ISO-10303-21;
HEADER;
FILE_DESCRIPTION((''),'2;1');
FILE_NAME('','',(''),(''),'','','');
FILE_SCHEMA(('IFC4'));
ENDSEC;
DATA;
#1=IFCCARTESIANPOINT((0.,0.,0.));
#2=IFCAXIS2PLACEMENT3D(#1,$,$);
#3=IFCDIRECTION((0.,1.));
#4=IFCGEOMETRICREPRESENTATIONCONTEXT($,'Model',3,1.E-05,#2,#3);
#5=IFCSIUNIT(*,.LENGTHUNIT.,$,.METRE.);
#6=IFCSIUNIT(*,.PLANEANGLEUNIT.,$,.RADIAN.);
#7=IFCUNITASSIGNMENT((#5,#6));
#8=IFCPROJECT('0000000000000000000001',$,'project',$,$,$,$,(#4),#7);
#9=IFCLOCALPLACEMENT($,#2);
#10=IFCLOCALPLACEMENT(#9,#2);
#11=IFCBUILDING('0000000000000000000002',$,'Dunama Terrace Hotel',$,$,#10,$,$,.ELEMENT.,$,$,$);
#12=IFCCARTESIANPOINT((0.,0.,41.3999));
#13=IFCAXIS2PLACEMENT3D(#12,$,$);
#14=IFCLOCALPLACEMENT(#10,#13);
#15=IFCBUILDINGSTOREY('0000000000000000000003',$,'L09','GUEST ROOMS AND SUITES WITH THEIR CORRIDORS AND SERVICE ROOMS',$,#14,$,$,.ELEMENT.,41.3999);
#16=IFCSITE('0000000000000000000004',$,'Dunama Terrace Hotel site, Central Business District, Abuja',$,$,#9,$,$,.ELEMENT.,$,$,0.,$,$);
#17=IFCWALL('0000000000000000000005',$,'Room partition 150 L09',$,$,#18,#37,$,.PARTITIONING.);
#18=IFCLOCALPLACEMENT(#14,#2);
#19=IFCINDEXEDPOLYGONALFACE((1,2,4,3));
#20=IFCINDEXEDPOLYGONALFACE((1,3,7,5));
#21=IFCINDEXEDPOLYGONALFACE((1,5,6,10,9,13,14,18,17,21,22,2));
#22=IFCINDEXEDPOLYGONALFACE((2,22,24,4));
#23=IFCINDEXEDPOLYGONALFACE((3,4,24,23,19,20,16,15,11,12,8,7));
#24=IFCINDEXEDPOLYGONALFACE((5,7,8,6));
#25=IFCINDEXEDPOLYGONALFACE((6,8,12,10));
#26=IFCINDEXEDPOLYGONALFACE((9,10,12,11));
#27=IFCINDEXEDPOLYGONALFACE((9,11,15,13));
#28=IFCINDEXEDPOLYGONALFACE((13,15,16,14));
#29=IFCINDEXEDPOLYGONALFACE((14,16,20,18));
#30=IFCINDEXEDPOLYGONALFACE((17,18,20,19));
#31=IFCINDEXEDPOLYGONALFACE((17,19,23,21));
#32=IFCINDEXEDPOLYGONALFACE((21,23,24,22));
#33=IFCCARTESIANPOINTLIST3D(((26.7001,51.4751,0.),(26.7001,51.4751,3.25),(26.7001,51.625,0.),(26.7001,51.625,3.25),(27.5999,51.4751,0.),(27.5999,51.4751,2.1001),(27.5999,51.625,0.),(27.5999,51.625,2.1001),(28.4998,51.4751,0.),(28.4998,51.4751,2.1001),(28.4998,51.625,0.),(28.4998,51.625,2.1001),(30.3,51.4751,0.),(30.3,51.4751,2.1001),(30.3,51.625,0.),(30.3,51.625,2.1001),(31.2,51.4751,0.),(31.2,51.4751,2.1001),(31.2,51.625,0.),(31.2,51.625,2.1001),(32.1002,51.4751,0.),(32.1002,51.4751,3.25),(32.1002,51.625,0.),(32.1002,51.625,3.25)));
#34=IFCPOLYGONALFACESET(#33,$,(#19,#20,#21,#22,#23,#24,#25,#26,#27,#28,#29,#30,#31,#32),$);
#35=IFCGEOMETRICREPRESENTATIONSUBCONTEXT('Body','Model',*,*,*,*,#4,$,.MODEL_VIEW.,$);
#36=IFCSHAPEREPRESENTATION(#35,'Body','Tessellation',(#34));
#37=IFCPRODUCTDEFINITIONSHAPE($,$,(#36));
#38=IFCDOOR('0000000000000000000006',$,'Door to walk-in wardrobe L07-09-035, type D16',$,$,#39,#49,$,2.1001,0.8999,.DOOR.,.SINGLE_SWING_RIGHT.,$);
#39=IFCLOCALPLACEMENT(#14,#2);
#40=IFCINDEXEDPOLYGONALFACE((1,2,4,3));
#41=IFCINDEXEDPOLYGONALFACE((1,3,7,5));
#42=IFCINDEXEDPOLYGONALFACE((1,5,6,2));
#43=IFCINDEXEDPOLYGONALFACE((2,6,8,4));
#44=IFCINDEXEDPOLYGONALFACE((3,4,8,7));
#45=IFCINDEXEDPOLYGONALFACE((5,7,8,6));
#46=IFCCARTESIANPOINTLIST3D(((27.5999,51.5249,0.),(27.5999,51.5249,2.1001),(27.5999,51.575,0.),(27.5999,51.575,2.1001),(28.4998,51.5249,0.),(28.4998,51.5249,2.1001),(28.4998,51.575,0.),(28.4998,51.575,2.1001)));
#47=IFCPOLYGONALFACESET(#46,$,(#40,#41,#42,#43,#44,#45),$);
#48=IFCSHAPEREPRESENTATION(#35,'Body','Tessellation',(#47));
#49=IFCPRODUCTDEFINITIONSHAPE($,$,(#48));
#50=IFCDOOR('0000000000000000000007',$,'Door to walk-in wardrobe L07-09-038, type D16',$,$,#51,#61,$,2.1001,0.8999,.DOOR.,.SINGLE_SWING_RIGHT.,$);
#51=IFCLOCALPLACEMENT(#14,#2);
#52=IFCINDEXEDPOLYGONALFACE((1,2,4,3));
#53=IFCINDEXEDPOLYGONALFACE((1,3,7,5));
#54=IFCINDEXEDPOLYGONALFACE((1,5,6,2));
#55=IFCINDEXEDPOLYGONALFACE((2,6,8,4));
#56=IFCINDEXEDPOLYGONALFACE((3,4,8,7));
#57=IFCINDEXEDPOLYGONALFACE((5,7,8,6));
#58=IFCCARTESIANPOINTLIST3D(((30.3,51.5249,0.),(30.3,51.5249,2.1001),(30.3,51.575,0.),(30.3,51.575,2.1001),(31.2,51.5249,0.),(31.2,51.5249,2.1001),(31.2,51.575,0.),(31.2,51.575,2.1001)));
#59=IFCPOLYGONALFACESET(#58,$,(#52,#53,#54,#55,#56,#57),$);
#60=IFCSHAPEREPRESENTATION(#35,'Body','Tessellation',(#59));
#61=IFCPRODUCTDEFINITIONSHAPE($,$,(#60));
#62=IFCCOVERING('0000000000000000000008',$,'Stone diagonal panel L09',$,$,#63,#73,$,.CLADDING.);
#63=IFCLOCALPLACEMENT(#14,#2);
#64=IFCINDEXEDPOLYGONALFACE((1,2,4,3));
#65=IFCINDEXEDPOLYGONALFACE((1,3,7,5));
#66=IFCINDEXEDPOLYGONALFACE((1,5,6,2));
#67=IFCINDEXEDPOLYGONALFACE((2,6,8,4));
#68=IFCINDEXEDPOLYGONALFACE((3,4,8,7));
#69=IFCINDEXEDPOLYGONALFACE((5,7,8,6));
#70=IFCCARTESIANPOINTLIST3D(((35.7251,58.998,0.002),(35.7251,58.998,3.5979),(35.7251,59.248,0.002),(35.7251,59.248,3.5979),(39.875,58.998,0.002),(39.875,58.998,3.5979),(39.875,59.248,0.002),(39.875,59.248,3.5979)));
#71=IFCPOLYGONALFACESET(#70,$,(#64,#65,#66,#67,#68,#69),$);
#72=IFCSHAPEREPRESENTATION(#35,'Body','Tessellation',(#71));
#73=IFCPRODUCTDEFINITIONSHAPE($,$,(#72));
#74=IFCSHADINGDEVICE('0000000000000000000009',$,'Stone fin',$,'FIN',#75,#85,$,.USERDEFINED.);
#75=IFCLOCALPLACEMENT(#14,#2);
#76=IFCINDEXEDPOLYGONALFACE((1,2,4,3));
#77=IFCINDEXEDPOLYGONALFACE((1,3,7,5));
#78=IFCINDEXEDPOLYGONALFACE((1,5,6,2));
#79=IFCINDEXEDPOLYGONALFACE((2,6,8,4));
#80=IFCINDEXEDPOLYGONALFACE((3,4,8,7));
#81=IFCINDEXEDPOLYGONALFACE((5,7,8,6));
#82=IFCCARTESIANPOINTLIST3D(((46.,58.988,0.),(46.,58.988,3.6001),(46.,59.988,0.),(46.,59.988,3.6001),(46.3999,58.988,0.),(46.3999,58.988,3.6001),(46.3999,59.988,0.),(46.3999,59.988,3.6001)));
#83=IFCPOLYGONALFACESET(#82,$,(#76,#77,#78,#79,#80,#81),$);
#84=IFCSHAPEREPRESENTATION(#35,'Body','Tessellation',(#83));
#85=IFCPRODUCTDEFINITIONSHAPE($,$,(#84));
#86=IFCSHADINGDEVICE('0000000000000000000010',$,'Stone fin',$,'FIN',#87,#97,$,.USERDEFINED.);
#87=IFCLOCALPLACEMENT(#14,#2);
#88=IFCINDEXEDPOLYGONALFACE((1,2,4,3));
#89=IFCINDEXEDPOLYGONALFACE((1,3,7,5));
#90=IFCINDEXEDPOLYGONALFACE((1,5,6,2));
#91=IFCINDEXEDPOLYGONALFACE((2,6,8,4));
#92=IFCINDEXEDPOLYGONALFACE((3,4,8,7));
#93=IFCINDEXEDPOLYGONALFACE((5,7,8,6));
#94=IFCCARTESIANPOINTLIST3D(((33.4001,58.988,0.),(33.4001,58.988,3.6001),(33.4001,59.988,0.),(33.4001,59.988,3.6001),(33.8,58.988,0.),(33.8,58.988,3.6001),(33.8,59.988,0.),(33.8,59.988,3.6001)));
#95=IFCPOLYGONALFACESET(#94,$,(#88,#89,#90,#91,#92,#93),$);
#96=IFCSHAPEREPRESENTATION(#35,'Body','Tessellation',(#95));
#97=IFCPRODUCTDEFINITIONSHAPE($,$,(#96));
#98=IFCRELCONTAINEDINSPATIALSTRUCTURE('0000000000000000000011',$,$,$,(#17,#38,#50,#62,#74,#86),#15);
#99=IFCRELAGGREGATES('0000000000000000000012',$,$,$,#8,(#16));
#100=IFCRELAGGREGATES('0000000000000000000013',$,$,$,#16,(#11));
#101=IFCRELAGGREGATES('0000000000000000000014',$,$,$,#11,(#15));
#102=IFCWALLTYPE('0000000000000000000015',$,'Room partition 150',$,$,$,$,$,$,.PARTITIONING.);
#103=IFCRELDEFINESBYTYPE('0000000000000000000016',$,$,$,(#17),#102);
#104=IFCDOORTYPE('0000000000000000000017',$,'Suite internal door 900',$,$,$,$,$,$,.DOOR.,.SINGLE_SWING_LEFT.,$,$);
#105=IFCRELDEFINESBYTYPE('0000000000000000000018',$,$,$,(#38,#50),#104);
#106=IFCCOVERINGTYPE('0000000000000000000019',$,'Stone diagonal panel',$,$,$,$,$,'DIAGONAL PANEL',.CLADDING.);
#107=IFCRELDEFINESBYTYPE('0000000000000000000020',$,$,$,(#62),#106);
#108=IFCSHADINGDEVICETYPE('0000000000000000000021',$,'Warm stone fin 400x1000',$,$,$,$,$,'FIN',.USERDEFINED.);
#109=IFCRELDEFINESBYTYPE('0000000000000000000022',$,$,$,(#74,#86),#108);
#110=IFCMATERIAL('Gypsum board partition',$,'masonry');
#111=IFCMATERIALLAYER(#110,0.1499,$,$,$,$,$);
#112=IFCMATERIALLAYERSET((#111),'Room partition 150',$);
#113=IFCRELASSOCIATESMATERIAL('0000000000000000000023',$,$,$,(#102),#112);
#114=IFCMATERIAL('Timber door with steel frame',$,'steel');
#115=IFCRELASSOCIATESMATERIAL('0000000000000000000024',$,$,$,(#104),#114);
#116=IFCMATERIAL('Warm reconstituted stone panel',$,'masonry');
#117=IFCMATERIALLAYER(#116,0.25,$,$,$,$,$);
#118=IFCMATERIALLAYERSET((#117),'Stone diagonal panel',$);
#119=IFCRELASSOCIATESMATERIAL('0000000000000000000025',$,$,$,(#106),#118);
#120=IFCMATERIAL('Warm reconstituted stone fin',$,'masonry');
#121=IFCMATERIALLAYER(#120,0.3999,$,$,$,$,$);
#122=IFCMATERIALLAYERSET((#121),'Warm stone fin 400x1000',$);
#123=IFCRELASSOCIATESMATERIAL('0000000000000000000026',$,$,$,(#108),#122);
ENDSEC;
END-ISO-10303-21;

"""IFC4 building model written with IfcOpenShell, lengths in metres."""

from ifc_helpers import new_model, si_unit, direction, frame, frame_2d, origin, origin_2d, place, context, subcontext, project, spatial, rectangle, extrude, material, layer, layer_set, type_object, element, fill, save


model = new_model("IFC4")

# Units and contexts
model_context = context("Model", 3, precision=1e-05, world=origin(), true_north=direction((0.0, 1.0)))
body_context = subcontext(model_context, "Body", "Model", "MODEL_VIEW")
ifc_project = project(units=[si_unit("LENGTHUNIT", "METRE"), si_unit("PLANEANGLEUNIT", "RADIAN")], contexts=[model_context])

# Site, building, storey
site_placement = place(None, origin())
site = spatial("IfcSite", under=ifc_project, at=site_placement, Name="Dunama Terrace Hotel site, Central Business District, Abuja", CompositionType="ELEMENT", RefElevation=0.0)
building_placement = place(site_placement, origin())
building = spatial("IfcBuilding", under=site, at=building_placement, Name="Dunama Terrace Hotel", CompositionType="ELEMENT")
storey_placement = place(building_placement, frame((0.0, 0.0, 41.3999)))
storey = spatial("IfcBuildingStorey", under=building, at=storey_placement, Name="L09", Description="GUEST ROOMS AND SUITES WITH THEIR CORRIDORS AND SERVICE ROOMS", CompositionType="ELEMENT", Elevation=41.3999)

# Shared definitions
ifc_material_1 = material(Name="Gypsum board partition", Category="masonry")
ifc_layer_1 = layer(ifc_material_1, 0.1499)
ifc_layer_set_1 = layer_set([ifc_layer_1], Name="Room partition 150")
wall_type = type_object("IfcWallType", Name="Room partition 150", PredefinedType="PARTITIONING", material=ifc_layer_set_1)

# Shared definitions
ifc_material_2 = material(Name="Timber door with steel frame", Category="steel")
door_type = type_object("IfcDoorType", Name="Suite internal door 900", OperationType="SINGLE_SWING_LEFT", PredefinedType="DOOR", material=ifc_material_2)

# Wall, openings, doors
wall_1_placement = place(storey_placement, frame((26.7, 51.55, 0.0), z_axis=(0.0, 0.0, 1.0), x_axis=(1.0, 0.0, 0.0)))
wall_1 = element("IfcWall", 1, at=wall_1_placement, inside=storey, type_object=wall_type, Name="Room partition 150 L09", PredefinedType="PARTITIONING", context=body_context, shape_type="SweptSolid", body=[
    extrude(rectangle(XDim=5.4001, YDim=0.1499, at=frame_2d((2.7002, 0.0))), origin(), (0.0, 0.0, 1.0), 3.25),
])
opening_1_placement = place(wall_1_placement, frame((0.8999, 0.0, 0.0)))
opening_1 = element("IfcOpeningElement", 2, at=opening_1_placement, cuts=wall_1, PredefinedType="OPENING", context=body_context, shape_type="SweptSolid", body=[
    extrude(rectangle(XDim=0.8999, YDim=2.1001, at=frame_2d((0.45, 1.05))), frame((0.0, 0.085, 0.0), z_axis=(0.0, -1.0, 0.0), x_axis=(1.0, 0.0, 0.0)), (0.0, 0.0, 1.0), 0.1699),
])
opening_2_placement = place(wall_1_placement, frame((3.6001, 0.0, 0.0)))
opening_2 = element("IfcOpeningElement", 3, at=opening_2_placement, cuts=wall_1, PredefinedType="OPENING", context=body_context, shape_type="SweptSolid", body=[
    extrude(rectangle(XDim=0.8999, YDim=2.1001, at=frame_2d((0.45, 1.05))), frame((0.0, 0.085, 0.0), z_axis=(0.0, -1.0, 0.0), x_axis=(1.0, 0.0, 0.0)), (0.0, 0.0, 1.0), 0.1699),
])
door_1_placement = place(opening_1_placement, frame((0.8999, 0.0, 0.0), z_axis=(0.0, 0.0, 1.0), x_axis=(-1.0, 0.0, 0.0)))
door_1 = element("IfcDoor", 4, at=door_1_placement, inside=storey, type_object=door_type, Name="Door to walk-in wardrobe L07-09-035, type D16", OperationType="SINGLE_SWING_RIGHT", OverallHeight=2.1001, OverallWidth=0.8999, PredefinedType="DOOR", context=body_context, shape_type="SweptSolid", body=[
    extrude(rectangle(XDim=0.8999, YDim=2.1001, at=frame_2d((0.45, 1.05))), frame((0.0, 0.0251, 0.0), z_axis=(0.0, -1.0, 0.0), x_axis=(1.0, 0.0, 0.0)), (0.0, 0.0, 1.0), 0.05),
])
fill(opening_1, door_1)
door_2_placement = place(opening_2_placement, frame((0.8999, 0.0, 0.0), z_axis=(0.0, 0.0, 1.0), x_axis=(-1.0, 0.0, 0.0)))
door_2 = element("IfcDoor", 5, at=door_2_placement, inside=storey, type_object=door_type, Name="Door to walk-in wardrobe L07-09-038, type D16", OperationType="SINGLE_SWING_RIGHT", OverallHeight=2.1001, OverallWidth=0.8999, PredefinedType="DOOR", context=body_context, shape_type="SweptSolid", body=[
    extrude(rectangle(XDim=0.8999, YDim=2.1001, at=frame_2d((0.45, 1.05))), frame((0.0, 0.0251, 0.0), z_axis=(0.0, -1.0, 0.0), x_axis=(1.0, 0.0, 0.0)), (0.0, 0.0, 1.0), 0.05),
])
fill(opening_2, door_2)

# Covering
ifc_material_3 = material(Name="Warm reconstituted stone panel", Category="masonry")
ifc_layer_2 = layer(ifc_material_3, 0.25)
ifc_layer_set_2 = layer_set([ifc_layer_2], Name="Stone diagonal panel")
covering_type = type_object("IfcCoveringType", Name="Stone diagonal panel", ElementType="DIAGONAL PANEL", PredefinedType="CLADDING", material=ifc_layer_set_2)
covering_placement = place(storey_placement, frame((37.8, 59.123, 0.002), z_axis=(0.0, 0.0, 1.0), x_axis=(-1.0, 0.0, 0.0)))
element("IfcCovering", 6, at=covering_placement, inside=storey, type_object=covering_type, Name="Stone diagonal panel L09", PredefinedType="CLADDING", context=body_context, shape_type="SweptSolid", body=[
    extrude(rectangle(XDim=4.1499, YDim=0.25, at=origin_2d()), origin(), (0.0, 0.0, 1.0), 3.5959),
])

# Shading devices
ifc_material_4 = material(Name="Warm reconstituted stone fin", Category="masonry")
ifc_layer_3 = layer(ifc_material_4, 0.3999)
ifc_layer_set_3 = layer_set([ifc_layer_3], Name="Warm stone fin 400x1000")
shading_device_type = type_object("IfcShadingDeviceType", Name="Warm stone fin 400x1000", ElementType="FIN", PredefinedType="USERDEFINED", material=ifc_layer_set_3)
for number, where, z_axis, x_axis, name in (
    (7, (46.2, 59.488, 0.0), (0.0, 0.0, 1.0), (-1.0, 0.0, 0.0), "Stone fin"),
    (8, (33.6001, 59.488, 0.0), (0.0, 0.0, 1.0), (-1.0, 0.0, 0.0), "Stone fin"),
):
    element("IfcShadingDevice", number, at=place(storey_placement, frame(where, z_axis=z_axis, x_axis=x_axis)), inside=storey, type_object=shading_device_type, Name=name, ObjectType="FIN", PredefinedType="USERDEFINED", context=body_context, shape_type="SweptSolid", body=[
        extrude(rectangle(XDim=0.3999, YDim=1.0, at=origin_2d()), origin(), (0.0, 0.0, 1.0), 3.6001),
    ])

save(model, "model.ifc")
